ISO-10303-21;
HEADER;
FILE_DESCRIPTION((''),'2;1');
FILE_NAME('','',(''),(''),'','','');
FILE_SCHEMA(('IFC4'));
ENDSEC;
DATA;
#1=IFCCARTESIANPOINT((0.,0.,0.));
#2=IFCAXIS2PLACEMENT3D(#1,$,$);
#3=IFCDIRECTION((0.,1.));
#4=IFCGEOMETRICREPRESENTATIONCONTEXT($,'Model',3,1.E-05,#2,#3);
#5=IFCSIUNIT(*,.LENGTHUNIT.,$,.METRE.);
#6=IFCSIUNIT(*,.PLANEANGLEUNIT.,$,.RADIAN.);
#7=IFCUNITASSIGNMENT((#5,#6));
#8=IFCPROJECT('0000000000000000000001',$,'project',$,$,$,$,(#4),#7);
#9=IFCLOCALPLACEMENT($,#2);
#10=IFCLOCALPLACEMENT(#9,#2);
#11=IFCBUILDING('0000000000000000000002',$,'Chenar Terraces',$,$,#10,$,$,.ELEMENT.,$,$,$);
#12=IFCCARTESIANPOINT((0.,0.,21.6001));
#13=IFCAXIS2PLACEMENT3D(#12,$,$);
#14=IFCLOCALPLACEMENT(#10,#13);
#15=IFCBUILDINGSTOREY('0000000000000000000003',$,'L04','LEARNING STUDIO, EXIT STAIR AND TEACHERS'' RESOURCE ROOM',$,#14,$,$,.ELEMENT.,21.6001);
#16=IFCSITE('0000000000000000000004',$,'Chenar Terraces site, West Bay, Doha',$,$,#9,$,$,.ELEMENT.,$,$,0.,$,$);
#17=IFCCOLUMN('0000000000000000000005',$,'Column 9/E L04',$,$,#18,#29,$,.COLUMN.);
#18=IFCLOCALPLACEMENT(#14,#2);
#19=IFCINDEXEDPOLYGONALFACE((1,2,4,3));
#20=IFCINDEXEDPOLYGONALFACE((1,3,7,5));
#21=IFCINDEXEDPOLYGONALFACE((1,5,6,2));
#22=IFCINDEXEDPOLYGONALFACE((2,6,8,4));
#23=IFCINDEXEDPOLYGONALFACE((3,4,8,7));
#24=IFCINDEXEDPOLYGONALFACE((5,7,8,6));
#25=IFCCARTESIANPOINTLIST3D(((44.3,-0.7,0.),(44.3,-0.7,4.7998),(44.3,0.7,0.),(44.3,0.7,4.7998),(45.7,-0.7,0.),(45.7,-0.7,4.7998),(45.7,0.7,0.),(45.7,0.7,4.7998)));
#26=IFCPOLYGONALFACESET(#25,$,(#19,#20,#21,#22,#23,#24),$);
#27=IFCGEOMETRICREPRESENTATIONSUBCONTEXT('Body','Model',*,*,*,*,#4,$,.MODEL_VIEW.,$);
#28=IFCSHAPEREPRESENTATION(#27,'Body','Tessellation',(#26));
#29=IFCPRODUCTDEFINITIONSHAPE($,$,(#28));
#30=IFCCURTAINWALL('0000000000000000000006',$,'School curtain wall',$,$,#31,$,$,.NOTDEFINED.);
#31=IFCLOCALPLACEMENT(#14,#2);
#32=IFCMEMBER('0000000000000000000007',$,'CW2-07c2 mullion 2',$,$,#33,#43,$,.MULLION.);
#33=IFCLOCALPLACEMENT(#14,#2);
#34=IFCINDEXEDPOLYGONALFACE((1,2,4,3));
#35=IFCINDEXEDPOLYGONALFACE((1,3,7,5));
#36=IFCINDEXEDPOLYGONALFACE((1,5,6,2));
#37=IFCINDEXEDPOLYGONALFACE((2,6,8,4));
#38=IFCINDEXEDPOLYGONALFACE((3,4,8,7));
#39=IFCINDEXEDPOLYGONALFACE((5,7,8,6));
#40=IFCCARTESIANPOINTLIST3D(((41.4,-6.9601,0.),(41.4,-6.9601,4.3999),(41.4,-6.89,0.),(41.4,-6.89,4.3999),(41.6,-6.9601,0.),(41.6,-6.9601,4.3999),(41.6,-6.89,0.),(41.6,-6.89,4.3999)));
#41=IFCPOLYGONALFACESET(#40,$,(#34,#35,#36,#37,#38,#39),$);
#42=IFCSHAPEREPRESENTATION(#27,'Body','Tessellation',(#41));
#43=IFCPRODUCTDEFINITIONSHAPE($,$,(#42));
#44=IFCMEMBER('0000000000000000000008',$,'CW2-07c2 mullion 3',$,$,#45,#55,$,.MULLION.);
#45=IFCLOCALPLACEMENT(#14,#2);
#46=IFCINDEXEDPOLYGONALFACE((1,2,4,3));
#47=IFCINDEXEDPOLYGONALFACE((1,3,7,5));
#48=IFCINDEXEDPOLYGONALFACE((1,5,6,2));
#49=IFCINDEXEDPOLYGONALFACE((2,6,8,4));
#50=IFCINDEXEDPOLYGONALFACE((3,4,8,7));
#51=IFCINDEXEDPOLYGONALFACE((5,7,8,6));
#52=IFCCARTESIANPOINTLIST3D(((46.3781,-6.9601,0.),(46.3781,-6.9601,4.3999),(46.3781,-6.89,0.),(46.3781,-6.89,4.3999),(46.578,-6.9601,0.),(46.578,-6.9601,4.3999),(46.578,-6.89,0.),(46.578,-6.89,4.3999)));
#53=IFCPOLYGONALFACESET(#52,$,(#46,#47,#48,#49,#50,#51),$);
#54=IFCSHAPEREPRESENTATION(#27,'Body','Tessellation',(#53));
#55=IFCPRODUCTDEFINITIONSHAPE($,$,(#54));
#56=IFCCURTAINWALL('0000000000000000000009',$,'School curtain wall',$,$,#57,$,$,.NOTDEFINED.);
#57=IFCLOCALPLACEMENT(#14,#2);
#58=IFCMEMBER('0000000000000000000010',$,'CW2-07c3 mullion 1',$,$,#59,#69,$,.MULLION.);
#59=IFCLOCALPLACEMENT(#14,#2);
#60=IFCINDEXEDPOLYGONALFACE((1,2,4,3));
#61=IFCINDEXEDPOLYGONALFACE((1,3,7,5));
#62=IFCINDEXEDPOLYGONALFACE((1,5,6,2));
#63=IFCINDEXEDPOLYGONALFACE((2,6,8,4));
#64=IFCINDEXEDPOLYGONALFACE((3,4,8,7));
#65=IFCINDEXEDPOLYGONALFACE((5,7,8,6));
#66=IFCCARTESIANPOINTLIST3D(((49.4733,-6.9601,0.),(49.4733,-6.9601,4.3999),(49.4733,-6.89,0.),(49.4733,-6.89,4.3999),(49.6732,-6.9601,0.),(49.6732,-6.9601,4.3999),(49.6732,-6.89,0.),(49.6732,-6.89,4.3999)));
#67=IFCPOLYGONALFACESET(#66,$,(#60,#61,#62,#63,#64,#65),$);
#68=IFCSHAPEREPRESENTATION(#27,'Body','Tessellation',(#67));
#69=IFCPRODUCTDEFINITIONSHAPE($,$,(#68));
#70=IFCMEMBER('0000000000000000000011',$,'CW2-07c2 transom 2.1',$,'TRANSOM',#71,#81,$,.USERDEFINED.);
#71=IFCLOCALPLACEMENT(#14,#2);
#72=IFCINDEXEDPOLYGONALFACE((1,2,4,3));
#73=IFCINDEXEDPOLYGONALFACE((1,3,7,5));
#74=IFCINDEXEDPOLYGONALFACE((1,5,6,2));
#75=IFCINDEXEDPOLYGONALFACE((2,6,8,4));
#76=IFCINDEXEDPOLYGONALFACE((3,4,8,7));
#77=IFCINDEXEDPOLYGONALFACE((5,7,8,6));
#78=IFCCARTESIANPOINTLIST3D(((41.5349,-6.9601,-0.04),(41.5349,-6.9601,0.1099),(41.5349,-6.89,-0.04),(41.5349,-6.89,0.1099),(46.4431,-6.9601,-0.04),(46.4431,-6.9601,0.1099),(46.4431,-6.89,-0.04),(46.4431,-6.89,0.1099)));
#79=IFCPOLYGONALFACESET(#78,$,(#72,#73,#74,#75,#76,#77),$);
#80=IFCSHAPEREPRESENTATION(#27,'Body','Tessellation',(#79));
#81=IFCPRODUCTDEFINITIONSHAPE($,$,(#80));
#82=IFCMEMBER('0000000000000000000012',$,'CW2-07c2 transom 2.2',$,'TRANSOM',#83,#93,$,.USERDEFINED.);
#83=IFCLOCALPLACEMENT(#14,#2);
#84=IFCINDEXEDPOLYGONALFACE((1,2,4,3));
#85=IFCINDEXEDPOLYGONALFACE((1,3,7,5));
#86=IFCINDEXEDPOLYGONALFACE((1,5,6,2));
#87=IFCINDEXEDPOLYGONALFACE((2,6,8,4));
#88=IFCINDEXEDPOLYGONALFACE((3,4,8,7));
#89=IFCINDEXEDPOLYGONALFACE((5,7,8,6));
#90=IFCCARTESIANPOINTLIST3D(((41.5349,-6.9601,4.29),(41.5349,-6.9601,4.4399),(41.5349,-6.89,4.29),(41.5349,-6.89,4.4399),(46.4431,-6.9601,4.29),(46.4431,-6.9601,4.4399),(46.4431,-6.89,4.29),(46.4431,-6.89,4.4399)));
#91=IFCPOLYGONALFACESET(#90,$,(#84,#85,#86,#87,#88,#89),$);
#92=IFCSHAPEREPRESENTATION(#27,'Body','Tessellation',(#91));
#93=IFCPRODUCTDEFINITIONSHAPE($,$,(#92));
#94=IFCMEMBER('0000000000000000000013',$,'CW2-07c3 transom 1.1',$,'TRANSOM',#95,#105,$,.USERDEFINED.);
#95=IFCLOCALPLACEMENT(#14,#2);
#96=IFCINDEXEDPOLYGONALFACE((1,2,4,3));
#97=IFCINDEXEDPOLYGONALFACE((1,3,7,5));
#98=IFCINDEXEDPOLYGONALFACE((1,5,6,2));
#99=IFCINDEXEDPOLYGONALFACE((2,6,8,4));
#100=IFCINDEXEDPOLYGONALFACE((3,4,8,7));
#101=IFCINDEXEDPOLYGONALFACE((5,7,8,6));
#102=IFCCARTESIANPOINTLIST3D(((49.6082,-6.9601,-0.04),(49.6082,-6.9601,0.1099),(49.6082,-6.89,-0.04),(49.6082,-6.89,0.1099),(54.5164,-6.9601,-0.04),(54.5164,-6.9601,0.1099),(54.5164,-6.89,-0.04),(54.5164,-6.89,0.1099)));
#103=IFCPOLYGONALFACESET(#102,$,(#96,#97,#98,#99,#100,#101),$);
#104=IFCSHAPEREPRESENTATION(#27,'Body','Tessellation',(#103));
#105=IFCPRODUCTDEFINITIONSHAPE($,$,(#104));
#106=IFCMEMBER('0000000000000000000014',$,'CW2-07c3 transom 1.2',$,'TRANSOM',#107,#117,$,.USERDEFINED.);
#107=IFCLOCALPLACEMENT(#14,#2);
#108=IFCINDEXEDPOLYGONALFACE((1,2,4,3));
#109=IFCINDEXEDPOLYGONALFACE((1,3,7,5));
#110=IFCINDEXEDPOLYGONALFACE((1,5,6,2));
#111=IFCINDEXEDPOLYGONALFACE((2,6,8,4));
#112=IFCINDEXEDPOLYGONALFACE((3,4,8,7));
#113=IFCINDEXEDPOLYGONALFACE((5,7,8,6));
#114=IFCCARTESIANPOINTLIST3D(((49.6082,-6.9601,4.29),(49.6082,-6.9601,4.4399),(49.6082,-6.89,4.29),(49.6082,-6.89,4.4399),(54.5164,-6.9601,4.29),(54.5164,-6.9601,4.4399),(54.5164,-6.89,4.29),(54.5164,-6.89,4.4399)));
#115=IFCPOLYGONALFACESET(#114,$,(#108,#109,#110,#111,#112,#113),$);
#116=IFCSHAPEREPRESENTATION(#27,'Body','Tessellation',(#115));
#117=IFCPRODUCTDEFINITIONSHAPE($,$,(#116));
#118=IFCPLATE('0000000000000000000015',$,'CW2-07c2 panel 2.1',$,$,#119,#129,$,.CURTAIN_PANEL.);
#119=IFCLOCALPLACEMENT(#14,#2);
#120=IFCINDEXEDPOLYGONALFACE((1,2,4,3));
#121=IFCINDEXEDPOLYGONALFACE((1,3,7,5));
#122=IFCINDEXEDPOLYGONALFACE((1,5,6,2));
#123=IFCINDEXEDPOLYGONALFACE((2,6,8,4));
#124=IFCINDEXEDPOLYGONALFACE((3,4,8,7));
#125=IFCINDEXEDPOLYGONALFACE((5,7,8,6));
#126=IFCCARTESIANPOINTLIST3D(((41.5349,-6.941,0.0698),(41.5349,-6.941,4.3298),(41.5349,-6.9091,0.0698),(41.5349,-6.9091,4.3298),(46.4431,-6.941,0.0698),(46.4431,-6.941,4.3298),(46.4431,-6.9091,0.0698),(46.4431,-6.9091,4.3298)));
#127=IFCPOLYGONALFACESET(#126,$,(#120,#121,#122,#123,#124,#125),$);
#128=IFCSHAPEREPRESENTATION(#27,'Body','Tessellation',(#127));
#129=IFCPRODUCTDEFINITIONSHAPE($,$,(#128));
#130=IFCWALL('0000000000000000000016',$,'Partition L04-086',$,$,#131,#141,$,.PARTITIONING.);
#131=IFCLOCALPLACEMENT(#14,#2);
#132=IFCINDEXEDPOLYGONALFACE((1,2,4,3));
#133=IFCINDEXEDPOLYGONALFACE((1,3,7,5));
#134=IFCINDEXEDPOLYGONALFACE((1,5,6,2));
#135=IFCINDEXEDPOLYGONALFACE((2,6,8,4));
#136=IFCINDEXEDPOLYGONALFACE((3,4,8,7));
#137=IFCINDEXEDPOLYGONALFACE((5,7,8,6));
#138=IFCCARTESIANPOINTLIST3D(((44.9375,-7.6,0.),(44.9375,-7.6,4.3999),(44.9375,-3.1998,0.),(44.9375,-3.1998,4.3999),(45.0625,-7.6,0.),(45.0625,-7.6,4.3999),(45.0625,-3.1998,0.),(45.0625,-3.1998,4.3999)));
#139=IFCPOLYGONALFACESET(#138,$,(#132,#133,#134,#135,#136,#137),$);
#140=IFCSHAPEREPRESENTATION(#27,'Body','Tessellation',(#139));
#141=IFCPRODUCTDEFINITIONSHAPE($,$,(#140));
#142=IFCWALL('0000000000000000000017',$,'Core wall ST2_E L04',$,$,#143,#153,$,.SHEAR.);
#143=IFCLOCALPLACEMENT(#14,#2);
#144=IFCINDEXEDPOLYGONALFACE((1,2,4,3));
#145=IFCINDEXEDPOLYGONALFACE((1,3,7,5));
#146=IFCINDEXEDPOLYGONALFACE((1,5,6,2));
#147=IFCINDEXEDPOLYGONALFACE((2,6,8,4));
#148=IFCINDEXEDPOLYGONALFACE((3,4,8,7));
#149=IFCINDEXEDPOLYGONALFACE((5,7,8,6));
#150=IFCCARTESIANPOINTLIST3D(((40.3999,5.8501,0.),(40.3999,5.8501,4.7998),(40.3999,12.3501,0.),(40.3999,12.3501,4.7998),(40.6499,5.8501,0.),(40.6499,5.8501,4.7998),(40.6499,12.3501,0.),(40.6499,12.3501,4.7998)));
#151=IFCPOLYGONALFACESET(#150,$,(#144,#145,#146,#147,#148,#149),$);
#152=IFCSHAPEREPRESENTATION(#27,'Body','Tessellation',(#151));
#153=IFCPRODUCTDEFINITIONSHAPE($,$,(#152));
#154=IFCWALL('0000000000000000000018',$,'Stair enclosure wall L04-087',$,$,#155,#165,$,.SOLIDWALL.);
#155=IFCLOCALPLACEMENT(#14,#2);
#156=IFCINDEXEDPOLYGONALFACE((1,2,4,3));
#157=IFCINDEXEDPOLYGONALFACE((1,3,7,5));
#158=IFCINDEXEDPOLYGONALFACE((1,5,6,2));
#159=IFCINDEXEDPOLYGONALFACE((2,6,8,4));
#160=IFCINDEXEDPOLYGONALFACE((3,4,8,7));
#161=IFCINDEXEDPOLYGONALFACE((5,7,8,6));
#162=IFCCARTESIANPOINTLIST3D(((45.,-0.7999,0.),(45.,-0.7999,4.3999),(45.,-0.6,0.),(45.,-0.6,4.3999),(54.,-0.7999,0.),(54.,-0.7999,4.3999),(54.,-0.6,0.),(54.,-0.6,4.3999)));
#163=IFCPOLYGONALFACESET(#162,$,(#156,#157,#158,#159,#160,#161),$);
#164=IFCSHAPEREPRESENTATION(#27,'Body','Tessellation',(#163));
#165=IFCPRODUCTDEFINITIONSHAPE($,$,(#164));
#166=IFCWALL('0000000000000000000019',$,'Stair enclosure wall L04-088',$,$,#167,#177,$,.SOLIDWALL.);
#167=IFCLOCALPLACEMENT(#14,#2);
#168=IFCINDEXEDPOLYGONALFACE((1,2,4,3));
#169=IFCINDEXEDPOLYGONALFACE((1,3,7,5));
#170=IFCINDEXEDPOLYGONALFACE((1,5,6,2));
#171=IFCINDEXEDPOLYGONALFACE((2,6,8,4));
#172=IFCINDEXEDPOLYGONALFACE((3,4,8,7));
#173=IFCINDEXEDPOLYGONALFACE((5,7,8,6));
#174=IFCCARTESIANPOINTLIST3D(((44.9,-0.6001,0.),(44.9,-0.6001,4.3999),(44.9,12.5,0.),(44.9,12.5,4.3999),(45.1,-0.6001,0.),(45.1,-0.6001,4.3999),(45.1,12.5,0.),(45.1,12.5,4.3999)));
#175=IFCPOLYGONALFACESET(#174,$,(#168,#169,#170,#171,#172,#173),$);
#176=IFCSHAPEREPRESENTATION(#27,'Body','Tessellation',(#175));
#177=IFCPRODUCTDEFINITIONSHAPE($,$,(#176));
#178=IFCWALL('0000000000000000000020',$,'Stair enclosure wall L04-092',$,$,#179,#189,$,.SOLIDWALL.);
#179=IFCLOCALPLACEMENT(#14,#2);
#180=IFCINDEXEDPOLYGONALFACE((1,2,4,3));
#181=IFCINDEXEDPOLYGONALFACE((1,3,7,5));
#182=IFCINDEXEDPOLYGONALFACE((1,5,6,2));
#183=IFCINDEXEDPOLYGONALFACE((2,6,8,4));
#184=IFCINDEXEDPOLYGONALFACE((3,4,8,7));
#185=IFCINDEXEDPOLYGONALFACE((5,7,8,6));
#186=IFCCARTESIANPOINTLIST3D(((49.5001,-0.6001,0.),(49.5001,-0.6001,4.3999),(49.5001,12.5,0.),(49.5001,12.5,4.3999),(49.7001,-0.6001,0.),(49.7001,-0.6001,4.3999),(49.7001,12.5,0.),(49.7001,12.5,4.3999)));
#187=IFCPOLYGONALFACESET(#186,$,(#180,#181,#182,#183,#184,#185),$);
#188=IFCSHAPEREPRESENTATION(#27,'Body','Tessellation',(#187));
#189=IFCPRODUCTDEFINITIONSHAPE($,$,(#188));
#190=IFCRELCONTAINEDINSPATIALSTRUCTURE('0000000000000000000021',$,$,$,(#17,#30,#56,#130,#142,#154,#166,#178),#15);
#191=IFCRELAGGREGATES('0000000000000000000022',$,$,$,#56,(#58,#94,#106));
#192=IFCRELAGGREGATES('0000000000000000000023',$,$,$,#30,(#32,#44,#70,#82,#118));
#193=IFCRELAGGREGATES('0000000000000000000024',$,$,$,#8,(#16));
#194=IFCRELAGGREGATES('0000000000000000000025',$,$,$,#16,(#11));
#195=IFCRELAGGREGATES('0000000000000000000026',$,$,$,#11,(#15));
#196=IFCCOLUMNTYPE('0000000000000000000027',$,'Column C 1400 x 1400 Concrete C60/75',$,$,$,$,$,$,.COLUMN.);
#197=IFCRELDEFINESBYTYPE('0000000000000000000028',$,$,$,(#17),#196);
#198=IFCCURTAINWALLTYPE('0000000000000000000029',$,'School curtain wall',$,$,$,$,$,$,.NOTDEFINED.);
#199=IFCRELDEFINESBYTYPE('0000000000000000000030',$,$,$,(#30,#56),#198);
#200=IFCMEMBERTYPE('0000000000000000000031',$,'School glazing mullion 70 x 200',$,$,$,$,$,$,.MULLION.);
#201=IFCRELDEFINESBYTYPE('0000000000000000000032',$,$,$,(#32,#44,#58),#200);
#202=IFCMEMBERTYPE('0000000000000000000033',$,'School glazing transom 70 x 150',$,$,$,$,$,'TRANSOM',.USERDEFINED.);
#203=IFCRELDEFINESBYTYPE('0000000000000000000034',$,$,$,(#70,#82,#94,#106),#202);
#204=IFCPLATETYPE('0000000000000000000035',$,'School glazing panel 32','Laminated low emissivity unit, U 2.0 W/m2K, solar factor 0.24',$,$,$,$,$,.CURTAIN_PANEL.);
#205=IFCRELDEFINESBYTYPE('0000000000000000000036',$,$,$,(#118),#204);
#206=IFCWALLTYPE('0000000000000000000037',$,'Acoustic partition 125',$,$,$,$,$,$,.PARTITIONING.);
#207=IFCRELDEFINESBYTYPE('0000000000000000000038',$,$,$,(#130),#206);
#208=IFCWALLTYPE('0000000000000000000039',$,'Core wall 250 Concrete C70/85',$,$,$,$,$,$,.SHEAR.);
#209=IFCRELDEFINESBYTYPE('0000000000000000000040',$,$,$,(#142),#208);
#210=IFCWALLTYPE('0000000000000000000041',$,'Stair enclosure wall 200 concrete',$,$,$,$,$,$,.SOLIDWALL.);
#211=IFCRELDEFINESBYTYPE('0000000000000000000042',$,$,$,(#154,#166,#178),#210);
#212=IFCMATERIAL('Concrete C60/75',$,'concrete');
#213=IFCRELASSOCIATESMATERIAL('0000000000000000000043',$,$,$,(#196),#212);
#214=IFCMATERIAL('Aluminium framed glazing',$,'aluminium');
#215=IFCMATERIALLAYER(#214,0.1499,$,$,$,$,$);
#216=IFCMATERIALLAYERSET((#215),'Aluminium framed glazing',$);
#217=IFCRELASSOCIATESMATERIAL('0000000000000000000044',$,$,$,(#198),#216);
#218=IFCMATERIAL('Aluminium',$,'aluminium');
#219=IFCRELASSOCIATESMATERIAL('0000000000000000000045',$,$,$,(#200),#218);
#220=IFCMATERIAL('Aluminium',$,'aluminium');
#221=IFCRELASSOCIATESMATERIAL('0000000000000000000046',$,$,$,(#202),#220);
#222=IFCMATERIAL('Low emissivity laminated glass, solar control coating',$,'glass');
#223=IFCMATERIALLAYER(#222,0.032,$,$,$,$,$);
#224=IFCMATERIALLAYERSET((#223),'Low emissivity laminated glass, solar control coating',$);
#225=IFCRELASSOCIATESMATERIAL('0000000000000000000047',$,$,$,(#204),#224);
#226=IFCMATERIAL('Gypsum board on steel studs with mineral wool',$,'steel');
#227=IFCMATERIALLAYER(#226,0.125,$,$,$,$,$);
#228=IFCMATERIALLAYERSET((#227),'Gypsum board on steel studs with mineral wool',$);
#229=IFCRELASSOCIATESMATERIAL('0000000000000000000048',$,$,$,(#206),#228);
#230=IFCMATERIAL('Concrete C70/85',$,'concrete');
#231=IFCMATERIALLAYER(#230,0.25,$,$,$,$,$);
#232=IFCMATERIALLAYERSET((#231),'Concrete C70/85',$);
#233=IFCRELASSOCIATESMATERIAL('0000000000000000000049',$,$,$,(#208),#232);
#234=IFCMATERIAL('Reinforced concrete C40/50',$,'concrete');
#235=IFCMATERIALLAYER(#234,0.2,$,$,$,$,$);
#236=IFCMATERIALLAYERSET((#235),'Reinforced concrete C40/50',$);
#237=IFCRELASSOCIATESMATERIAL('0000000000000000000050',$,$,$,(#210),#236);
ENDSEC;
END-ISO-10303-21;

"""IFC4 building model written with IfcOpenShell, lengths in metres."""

from ifc_helpers import new_model, si_unit, direction, frame, frame_2d, origin, origin_2d, place, context, subcontext, project, spatial, rectangle, extrude, material, layer, layer_set, material_profile, profile_set, type_object, element, aggregate, save


model = new_model("IFC4")

# Units and contexts
model_context = context("Model", 3, precision=1e-05, world=origin(), true_north=direction((0.0, 1.0)))
body_context = subcontext(model_context, "Body", "Model", "MODEL_VIEW")
ifc_project = project(units=[si_unit("LENGTHUNIT", "METRE"), si_unit("PLANEANGLEUNIT", "RADIAN")], contexts=[model_context])

# Site, building, storey
site_placement = place(None, origin())
site = spatial("IfcSite", under=ifc_project, at=site_placement, Name="Chenar Terraces site, West Bay, Doha", CompositionType="ELEMENT", RefElevation=0.0)
building_placement = place(site_placement, origin())
building = spatial("IfcBuilding", under=site, at=building_placement, Name="Chenar Terraces", CompositionType="ELEMENT")
storey_placement = place(building_placement, frame((0.0, 0.0, 21.6001)))
storey = spatial("IfcBuildingStorey", under=building, at=storey_placement, Name="L04", Description="LEARNING STUDIO, EXIT STAIR AND TEACHERS' RESOURCE ROOM", CompositionType="ELEMENT", Elevation=21.6001)

# Column
ifc_material_1 = material(Name="Concrete C60/75", Category="concrete")
ifc_material_profile_1 = material_profile(ifc_material_1, rectangle(XDim=1.3999, YDim=1.3999, at=origin_2d()), Name="C 1400 x 1400")
ifc_profile_set_1 = profile_set([ifc_material_profile_1], Name="Concrete C60/75")
column_type = type_object("IfcColumnType", Name="Column C 1400 x 1400 Concrete C60/75", PredefinedType="COLUMN", material=ifc_profile_set_1)
column_placement = place(storey_placement, frame((45.0, 0.0, 0.0), z_axis=(0.0, 0.0, 1.0), x_axis=(1.0, 0.0, 0.0)))
element("IfcColumn", 1, at=column_placement, inside=storey, type_object=column_type, Name="Column 9/E L04", PredefinedType="COLUMN", context=body_context, shape_type="SweptSolid", body=[
    extrude(rectangle(XDim=1.3999, YDim=1.3999, at=origin_2d()), origin(), (0.0, 0.0, 1.0), 4.7998),
])

# Curtain wall, members
ifc_material_2 = material(Name="Aluminium framed glazing", Category="aluminium")
ifc_layer_1 = layer(ifc_material_2, 0.1499)
ifc_layer_set_1 = layer_set([ifc_layer_1], Name="Aluminium framed glazing")
curtain_wall_type = type_object("IfcCurtainWallType", Name="School curtain wall", PredefinedType="NOTDEFINED", material=ifc_layer_set_1)
placement = place(storey_placement, origin())
curtain_wall_1 = element("IfcCurtainWall", 2, at=placement, inside=storey, type_object=curtain_wall_type, Name="School curtain wall", PredefinedType="NOTDEFINED")
ifc_material_3 = material(Name="Aluminium", Category="aluminium")
ifc_material_profile_2 = material_profile(ifc_material_3, rectangle(XDim=0.0701, YDim=0.2, at=origin_2d()), Name="School glazing mullion 70 x 200")
ifc_profile_set_2 = profile_set([ifc_material_profile_2], Name="Aluminium")
member_type_1 = type_object("IfcMemberType", Name="School glazing mullion 70 x 200", PredefinedType="MULLION", material=ifc_profile_set_2)
member_1_placement = place(storey_placement, frame((41.5, -6.925, 0.0), z_axis=(0.0, 0.0, 1.0), x_axis=(0.0, 1.0, 0.0)))
member_1 = element("IfcMember", 3, at=member_1_placement, type_object=member_type_1, Name="CW2-07c2 mullion 2", PredefinedType="MULLION", context=body_context, shape_type="SweptSolid", body=[
    extrude(rectangle(XDim=0.0701, YDim=0.2, at=origin_2d()), origin(), (0.0, 0.0, 1.0), 4.3999),
])
member_2_placement = place(storey_placement, frame((46.478, -6.925, 0.0), z_axis=(0.0, 0.0, 1.0), x_axis=(0.0, 1.0, 0.0)))
member_2 = element("IfcMember", 4, at=member_2_placement, type_object=member_type_1, Name="CW2-07c2 mullion 3", PredefinedType="MULLION", context=body_context, shape_type="SweptSolid", body=[
    extrude(rectangle(XDim=0.0701, YDim=0.2, at=origin_2d()), origin(), (0.0, 0.0, 1.0), 4.3999),
])

# Curtain wall, member
curtain_wall_2 = element("IfcCurtainWall", 5, at=placement, inside=storey, type_object=curtain_wall_type, Name="School curtain wall", PredefinedType="NOTDEFINED")
member_3_placement = place(storey_placement, frame((49.5732, -6.925, 0.0), z_axis=(0.0, 0.0, 1.0), x_axis=(0.0, 1.0, 0.0)))
member_3 = element("IfcMember", 6, at=member_3_placement, type_object=member_type_1, Name="CW2-07c3 mullion 1", PredefinedType="MULLION", context=body_context, shape_type="SweptSolid", body=[
    extrude(rectangle(XDim=0.0701, YDim=0.2, at=origin_2d()), origin(), (0.0, 0.0, 1.0), 4.3999),
])

# Members
ifc_material_4 = material(Name="Aluminium", Category="aluminium")
ifc_material_profile_3 = material_profile(ifc_material_4, rectangle(XDim=0.0701, YDim=0.1499, at=origin_2d()), Name="School glazing transom 70 x 150")
ifc_profile_set_3 = profile_set([ifc_material_profile_3], Name="Aluminium")
member_type_2 = type_object("IfcMemberType", Name="School glazing transom 70 x 150", ElementType="TRANSOM", PredefinedType="USERDEFINED", material=ifc_profile_set_3)
member_4_placement = place(storey_placement, frame((41.5349, -6.925, 0.0349), z_axis=(1.0, 0.0, 0.0), x_axis=(0.0, 1.0, 0.0)))
member_4 = element("IfcMember", 7, at=member_4_placement, type_object=member_type_2, Name="CW2-07c2 transom 2.1", ObjectType="TRANSOM", PredefinedType="USERDEFINED", context=body_context, shape_type="SweptSolid", body=[
    extrude(rectangle(XDim=0.0701, YDim=0.1499, at=origin_2d()), origin(), (0.0, 0.0, 1.0), 4.9082),
])
member_5_placement = place(storey_placement, frame((41.5349, -6.925, 4.365), z_axis=(1.0, 0.0, 0.0), x_axis=(0.0, 1.0, 0.0)))
member_5 = element("IfcMember", 8, at=member_5_placement, type_object=member_type_2, Name="CW2-07c2 transom 2.2", ObjectType="TRANSOM", PredefinedType="USERDEFINED", context=body_context, shape_type="SweptSolid", body=[
    extrude(rectangle(XDim=0.0701, YDim=0.1499, at=origin_2d()), origin(), (0.0, 0.0, 1.0), 4.9082),
])
member_6_placement = place(storey_placement, frame((49.6082, -6.925, 0.0349), z_axis=(1.0, 0.0, 0.0), x_axis=(0.0, 1.0, 0.0)))
member_6 = element("IfcMember", 9, at=member_6_placement, type_object=member_type_2, Name="CW2-07c3 transom 1.1", ObjectType="TRANSOM", PredefinedType="USERDEFINED", context=body_context, shape_type="SweptSolid", body=[
    extrude(rectangle(XDim=0.0701, YDim=0.1499, at=origin_2d()), origin(), (0.0, 0.0, 1.0), 4.9082),
])
member_7_placement = place(storey_placement, frame((49.6082, -6.925, 4.365), z_axis=(1.0, 0.0, 0.0), x_axis=(0.0, 1.0, 0.0)))
member_7 = element("IfcMember", 10, at=member_7_placement, type_object=member_type_2, Name="CW2-07c3 transom 1.2", ObjectType="TRANSOM", PredefinedType="USERDEFINED", context=body_context, shape_type="SweptSolid", body=[
    extrude(rectangle(XDim=0.0701, YDim=0.1499, at=origin_2d()), origin(), (0.0, 0.0, 1.0), 4.9082),
])
aggregate(curtain_wall_2, [member_3, member_6, member_7])

# Plate
ifc_material_5 = material(Name="Low emissivity laminated glass, solar control coating", Category="glass")
ifc_layer_2 = layer(ifc_material_5, 0.032)
ifc_layer_set_2 = layer_set([ifc_layer_2], Name="Low emissivity laminated glass, solar control coating")
plate_type = type_object("IfcPlateType", Name="School glazing panel 32", Description="Laminated low emissivity unit, U 2.0 W/m2K, solar factor 0.24", PredefinedType="CURTAIN_PANEL", material=ifc_layer_set_2)
plate_placement = place(storey_placement, frame((43.989, -6.925, 0.0698), z_axis=(0.0, 0.0, 1.0), x_axis=(1.0, 0.0, 0.0)))
plate = element("IfcPlate", 11, at=plate_placement, type_object=plate_type, Name="CW2-07c2 panel 2.1", PredefinedType="CURTAIN_PANEL", context=body_context, shape_type="SweptSolid", body=[
    extrude(rectangle(XDim=4.9082, YDim=0.032, at=origin_2d()), origin(), (0.0, 0.0, 1.0), 4.26),
])
aggregate(curtain_wall_1, [member_1, member_2, member_4, member_5, plate])

# Walls
ifc_material_6 = material(Name="Gypsum board on steel studs with mineral wool", Category="steel")
ifc_layer_3 = layer(ifc_material_6, 0.125)
ifc_layer_set_3 = layer_set([ifc_layer_3], Name="Gypsum board on steel studs with mineral wool")
wall_type_1 = type_object("IfcWallType", Name="Acoustic partition 125", PredefinedType="PARTITIONING", material=ifc_layer_set_3)
wall_1_placement = place(storey_placement, frame((45.0, -7.6001, 0.0), z_axis=(0.0, 0.0, 1.0), x_axis=(0.0, 1.0, 0.0)))
element("IfcWall", 12, at=wall_1_placement, inside=storey, type_object=wall_type_1, Name="Partition L04-086", PredefinedType="PARTITIONING", context=body_context, shape_type="SweptSolid", body=[
    extrude(rectangle(XDim=4.4001, YDim=0.125, at=frame_2d((2.2002, 0.0))), origin(), (0.0, 0.0, 1.0), 4.3999),
])
ifc_material_7 = material(Name="Concrete C70/85", Category="concrete")
ifc_layer_4 = layer(ifc_material_7, 0.25)
ifc_layer_set_4 = layer_set([ifc_layer_4], Name="Concrete C70/85")
wall_type_2 = type_object("IfcWallType", Name="Core wall 250 Concrete C70/85", PredefinedType="SHEAR", material=ifc_layer_set_4)
wall_2_placement = place(storey_placement, frame((40.5249, 5.8501, 0.0), z_axis=(0.0, 0.0, 1.0), x_axis=(0.0, 1.0, 0.0)))
element("IfcWall", 13, at=wall_2_placement, inside=storey, type_object=wall_type_2, Name="Core wall ST2_E L04", PredefinedType="SHEAR", context=body_context, shape_type="SweptSolid", body=[
    extrude(rectangle(XDim=6.5, YDim=0.25, at=frame_2d((3.25, 0.0))), origin(), (0.0, 0.0, 1.0), 4.7998),
])

# Walls
ifc_material_8 = material(Name="Reinforced concrete C40/50", Category="concrete")
ifc_layer_5 = layer(ifc_material_8, 0.2)
ifc_layer_set_5 = layer_set([ifc_layer_5], Name="Reinforced concrete C40/50")
wall_type_3 = type_object("IfcWallType", Name="Stair enclosure wall 200 concrete", PredefinedType="SOLIDWALL", material=ifc_layer_set_5)
wall_3_placement = place(storey_placement, frame((45.0, -0.7, 0.0), z_axis=(0.0, 0.0, 1.0), x_axis=(1.0, 0.0, 0.0)))
element("IfcWall", 14, at=wall_3_placement, inside=storey, type_object=wall_type_3, Name="Stair enclosure wall L04-087", PredefinedType="SOLIDWALL", context=body_context, shape_type="SweptSolid", body=[
    extrude(rectangle(XDim=9.0, YDim=0.2, at=frame_2d((4.5, 0.0))), origin(), (0.0, 0.0, 1.0), 4.3999),
])
for number, where, z_axis, x_axis, name in (
    (15, (45.0, -0.6001, 0.0), (0.0, 0.0, 1.0), (0.0, 1.0, 0.0), "Stair enclosure wall L04-088"),
    (16, (49.6001, -0.6001, 0.0), (0.0, 0.0, 1.0), (0.0, 1.0, 0.0), "Stair enclosure wall L04-092"),
):
    element("IfcWall", number, at=place(storey_placement, frame(where, z_axis=z_axis, x_axis=x_axis)), inside=storey, type_object=wall_type_3, Name=name, PredefinedType="SOLIDWALL", context=body_context, shape_type="SweptSolid", body=[
        extrude(rectangle(XDim=13.1001, YDim=0.2, at=frame_2d((6.55, 0.0))), origin(), (0.0, 0.0, 1.0), 4.3999),
    ])

save(model, "model.ifc")
